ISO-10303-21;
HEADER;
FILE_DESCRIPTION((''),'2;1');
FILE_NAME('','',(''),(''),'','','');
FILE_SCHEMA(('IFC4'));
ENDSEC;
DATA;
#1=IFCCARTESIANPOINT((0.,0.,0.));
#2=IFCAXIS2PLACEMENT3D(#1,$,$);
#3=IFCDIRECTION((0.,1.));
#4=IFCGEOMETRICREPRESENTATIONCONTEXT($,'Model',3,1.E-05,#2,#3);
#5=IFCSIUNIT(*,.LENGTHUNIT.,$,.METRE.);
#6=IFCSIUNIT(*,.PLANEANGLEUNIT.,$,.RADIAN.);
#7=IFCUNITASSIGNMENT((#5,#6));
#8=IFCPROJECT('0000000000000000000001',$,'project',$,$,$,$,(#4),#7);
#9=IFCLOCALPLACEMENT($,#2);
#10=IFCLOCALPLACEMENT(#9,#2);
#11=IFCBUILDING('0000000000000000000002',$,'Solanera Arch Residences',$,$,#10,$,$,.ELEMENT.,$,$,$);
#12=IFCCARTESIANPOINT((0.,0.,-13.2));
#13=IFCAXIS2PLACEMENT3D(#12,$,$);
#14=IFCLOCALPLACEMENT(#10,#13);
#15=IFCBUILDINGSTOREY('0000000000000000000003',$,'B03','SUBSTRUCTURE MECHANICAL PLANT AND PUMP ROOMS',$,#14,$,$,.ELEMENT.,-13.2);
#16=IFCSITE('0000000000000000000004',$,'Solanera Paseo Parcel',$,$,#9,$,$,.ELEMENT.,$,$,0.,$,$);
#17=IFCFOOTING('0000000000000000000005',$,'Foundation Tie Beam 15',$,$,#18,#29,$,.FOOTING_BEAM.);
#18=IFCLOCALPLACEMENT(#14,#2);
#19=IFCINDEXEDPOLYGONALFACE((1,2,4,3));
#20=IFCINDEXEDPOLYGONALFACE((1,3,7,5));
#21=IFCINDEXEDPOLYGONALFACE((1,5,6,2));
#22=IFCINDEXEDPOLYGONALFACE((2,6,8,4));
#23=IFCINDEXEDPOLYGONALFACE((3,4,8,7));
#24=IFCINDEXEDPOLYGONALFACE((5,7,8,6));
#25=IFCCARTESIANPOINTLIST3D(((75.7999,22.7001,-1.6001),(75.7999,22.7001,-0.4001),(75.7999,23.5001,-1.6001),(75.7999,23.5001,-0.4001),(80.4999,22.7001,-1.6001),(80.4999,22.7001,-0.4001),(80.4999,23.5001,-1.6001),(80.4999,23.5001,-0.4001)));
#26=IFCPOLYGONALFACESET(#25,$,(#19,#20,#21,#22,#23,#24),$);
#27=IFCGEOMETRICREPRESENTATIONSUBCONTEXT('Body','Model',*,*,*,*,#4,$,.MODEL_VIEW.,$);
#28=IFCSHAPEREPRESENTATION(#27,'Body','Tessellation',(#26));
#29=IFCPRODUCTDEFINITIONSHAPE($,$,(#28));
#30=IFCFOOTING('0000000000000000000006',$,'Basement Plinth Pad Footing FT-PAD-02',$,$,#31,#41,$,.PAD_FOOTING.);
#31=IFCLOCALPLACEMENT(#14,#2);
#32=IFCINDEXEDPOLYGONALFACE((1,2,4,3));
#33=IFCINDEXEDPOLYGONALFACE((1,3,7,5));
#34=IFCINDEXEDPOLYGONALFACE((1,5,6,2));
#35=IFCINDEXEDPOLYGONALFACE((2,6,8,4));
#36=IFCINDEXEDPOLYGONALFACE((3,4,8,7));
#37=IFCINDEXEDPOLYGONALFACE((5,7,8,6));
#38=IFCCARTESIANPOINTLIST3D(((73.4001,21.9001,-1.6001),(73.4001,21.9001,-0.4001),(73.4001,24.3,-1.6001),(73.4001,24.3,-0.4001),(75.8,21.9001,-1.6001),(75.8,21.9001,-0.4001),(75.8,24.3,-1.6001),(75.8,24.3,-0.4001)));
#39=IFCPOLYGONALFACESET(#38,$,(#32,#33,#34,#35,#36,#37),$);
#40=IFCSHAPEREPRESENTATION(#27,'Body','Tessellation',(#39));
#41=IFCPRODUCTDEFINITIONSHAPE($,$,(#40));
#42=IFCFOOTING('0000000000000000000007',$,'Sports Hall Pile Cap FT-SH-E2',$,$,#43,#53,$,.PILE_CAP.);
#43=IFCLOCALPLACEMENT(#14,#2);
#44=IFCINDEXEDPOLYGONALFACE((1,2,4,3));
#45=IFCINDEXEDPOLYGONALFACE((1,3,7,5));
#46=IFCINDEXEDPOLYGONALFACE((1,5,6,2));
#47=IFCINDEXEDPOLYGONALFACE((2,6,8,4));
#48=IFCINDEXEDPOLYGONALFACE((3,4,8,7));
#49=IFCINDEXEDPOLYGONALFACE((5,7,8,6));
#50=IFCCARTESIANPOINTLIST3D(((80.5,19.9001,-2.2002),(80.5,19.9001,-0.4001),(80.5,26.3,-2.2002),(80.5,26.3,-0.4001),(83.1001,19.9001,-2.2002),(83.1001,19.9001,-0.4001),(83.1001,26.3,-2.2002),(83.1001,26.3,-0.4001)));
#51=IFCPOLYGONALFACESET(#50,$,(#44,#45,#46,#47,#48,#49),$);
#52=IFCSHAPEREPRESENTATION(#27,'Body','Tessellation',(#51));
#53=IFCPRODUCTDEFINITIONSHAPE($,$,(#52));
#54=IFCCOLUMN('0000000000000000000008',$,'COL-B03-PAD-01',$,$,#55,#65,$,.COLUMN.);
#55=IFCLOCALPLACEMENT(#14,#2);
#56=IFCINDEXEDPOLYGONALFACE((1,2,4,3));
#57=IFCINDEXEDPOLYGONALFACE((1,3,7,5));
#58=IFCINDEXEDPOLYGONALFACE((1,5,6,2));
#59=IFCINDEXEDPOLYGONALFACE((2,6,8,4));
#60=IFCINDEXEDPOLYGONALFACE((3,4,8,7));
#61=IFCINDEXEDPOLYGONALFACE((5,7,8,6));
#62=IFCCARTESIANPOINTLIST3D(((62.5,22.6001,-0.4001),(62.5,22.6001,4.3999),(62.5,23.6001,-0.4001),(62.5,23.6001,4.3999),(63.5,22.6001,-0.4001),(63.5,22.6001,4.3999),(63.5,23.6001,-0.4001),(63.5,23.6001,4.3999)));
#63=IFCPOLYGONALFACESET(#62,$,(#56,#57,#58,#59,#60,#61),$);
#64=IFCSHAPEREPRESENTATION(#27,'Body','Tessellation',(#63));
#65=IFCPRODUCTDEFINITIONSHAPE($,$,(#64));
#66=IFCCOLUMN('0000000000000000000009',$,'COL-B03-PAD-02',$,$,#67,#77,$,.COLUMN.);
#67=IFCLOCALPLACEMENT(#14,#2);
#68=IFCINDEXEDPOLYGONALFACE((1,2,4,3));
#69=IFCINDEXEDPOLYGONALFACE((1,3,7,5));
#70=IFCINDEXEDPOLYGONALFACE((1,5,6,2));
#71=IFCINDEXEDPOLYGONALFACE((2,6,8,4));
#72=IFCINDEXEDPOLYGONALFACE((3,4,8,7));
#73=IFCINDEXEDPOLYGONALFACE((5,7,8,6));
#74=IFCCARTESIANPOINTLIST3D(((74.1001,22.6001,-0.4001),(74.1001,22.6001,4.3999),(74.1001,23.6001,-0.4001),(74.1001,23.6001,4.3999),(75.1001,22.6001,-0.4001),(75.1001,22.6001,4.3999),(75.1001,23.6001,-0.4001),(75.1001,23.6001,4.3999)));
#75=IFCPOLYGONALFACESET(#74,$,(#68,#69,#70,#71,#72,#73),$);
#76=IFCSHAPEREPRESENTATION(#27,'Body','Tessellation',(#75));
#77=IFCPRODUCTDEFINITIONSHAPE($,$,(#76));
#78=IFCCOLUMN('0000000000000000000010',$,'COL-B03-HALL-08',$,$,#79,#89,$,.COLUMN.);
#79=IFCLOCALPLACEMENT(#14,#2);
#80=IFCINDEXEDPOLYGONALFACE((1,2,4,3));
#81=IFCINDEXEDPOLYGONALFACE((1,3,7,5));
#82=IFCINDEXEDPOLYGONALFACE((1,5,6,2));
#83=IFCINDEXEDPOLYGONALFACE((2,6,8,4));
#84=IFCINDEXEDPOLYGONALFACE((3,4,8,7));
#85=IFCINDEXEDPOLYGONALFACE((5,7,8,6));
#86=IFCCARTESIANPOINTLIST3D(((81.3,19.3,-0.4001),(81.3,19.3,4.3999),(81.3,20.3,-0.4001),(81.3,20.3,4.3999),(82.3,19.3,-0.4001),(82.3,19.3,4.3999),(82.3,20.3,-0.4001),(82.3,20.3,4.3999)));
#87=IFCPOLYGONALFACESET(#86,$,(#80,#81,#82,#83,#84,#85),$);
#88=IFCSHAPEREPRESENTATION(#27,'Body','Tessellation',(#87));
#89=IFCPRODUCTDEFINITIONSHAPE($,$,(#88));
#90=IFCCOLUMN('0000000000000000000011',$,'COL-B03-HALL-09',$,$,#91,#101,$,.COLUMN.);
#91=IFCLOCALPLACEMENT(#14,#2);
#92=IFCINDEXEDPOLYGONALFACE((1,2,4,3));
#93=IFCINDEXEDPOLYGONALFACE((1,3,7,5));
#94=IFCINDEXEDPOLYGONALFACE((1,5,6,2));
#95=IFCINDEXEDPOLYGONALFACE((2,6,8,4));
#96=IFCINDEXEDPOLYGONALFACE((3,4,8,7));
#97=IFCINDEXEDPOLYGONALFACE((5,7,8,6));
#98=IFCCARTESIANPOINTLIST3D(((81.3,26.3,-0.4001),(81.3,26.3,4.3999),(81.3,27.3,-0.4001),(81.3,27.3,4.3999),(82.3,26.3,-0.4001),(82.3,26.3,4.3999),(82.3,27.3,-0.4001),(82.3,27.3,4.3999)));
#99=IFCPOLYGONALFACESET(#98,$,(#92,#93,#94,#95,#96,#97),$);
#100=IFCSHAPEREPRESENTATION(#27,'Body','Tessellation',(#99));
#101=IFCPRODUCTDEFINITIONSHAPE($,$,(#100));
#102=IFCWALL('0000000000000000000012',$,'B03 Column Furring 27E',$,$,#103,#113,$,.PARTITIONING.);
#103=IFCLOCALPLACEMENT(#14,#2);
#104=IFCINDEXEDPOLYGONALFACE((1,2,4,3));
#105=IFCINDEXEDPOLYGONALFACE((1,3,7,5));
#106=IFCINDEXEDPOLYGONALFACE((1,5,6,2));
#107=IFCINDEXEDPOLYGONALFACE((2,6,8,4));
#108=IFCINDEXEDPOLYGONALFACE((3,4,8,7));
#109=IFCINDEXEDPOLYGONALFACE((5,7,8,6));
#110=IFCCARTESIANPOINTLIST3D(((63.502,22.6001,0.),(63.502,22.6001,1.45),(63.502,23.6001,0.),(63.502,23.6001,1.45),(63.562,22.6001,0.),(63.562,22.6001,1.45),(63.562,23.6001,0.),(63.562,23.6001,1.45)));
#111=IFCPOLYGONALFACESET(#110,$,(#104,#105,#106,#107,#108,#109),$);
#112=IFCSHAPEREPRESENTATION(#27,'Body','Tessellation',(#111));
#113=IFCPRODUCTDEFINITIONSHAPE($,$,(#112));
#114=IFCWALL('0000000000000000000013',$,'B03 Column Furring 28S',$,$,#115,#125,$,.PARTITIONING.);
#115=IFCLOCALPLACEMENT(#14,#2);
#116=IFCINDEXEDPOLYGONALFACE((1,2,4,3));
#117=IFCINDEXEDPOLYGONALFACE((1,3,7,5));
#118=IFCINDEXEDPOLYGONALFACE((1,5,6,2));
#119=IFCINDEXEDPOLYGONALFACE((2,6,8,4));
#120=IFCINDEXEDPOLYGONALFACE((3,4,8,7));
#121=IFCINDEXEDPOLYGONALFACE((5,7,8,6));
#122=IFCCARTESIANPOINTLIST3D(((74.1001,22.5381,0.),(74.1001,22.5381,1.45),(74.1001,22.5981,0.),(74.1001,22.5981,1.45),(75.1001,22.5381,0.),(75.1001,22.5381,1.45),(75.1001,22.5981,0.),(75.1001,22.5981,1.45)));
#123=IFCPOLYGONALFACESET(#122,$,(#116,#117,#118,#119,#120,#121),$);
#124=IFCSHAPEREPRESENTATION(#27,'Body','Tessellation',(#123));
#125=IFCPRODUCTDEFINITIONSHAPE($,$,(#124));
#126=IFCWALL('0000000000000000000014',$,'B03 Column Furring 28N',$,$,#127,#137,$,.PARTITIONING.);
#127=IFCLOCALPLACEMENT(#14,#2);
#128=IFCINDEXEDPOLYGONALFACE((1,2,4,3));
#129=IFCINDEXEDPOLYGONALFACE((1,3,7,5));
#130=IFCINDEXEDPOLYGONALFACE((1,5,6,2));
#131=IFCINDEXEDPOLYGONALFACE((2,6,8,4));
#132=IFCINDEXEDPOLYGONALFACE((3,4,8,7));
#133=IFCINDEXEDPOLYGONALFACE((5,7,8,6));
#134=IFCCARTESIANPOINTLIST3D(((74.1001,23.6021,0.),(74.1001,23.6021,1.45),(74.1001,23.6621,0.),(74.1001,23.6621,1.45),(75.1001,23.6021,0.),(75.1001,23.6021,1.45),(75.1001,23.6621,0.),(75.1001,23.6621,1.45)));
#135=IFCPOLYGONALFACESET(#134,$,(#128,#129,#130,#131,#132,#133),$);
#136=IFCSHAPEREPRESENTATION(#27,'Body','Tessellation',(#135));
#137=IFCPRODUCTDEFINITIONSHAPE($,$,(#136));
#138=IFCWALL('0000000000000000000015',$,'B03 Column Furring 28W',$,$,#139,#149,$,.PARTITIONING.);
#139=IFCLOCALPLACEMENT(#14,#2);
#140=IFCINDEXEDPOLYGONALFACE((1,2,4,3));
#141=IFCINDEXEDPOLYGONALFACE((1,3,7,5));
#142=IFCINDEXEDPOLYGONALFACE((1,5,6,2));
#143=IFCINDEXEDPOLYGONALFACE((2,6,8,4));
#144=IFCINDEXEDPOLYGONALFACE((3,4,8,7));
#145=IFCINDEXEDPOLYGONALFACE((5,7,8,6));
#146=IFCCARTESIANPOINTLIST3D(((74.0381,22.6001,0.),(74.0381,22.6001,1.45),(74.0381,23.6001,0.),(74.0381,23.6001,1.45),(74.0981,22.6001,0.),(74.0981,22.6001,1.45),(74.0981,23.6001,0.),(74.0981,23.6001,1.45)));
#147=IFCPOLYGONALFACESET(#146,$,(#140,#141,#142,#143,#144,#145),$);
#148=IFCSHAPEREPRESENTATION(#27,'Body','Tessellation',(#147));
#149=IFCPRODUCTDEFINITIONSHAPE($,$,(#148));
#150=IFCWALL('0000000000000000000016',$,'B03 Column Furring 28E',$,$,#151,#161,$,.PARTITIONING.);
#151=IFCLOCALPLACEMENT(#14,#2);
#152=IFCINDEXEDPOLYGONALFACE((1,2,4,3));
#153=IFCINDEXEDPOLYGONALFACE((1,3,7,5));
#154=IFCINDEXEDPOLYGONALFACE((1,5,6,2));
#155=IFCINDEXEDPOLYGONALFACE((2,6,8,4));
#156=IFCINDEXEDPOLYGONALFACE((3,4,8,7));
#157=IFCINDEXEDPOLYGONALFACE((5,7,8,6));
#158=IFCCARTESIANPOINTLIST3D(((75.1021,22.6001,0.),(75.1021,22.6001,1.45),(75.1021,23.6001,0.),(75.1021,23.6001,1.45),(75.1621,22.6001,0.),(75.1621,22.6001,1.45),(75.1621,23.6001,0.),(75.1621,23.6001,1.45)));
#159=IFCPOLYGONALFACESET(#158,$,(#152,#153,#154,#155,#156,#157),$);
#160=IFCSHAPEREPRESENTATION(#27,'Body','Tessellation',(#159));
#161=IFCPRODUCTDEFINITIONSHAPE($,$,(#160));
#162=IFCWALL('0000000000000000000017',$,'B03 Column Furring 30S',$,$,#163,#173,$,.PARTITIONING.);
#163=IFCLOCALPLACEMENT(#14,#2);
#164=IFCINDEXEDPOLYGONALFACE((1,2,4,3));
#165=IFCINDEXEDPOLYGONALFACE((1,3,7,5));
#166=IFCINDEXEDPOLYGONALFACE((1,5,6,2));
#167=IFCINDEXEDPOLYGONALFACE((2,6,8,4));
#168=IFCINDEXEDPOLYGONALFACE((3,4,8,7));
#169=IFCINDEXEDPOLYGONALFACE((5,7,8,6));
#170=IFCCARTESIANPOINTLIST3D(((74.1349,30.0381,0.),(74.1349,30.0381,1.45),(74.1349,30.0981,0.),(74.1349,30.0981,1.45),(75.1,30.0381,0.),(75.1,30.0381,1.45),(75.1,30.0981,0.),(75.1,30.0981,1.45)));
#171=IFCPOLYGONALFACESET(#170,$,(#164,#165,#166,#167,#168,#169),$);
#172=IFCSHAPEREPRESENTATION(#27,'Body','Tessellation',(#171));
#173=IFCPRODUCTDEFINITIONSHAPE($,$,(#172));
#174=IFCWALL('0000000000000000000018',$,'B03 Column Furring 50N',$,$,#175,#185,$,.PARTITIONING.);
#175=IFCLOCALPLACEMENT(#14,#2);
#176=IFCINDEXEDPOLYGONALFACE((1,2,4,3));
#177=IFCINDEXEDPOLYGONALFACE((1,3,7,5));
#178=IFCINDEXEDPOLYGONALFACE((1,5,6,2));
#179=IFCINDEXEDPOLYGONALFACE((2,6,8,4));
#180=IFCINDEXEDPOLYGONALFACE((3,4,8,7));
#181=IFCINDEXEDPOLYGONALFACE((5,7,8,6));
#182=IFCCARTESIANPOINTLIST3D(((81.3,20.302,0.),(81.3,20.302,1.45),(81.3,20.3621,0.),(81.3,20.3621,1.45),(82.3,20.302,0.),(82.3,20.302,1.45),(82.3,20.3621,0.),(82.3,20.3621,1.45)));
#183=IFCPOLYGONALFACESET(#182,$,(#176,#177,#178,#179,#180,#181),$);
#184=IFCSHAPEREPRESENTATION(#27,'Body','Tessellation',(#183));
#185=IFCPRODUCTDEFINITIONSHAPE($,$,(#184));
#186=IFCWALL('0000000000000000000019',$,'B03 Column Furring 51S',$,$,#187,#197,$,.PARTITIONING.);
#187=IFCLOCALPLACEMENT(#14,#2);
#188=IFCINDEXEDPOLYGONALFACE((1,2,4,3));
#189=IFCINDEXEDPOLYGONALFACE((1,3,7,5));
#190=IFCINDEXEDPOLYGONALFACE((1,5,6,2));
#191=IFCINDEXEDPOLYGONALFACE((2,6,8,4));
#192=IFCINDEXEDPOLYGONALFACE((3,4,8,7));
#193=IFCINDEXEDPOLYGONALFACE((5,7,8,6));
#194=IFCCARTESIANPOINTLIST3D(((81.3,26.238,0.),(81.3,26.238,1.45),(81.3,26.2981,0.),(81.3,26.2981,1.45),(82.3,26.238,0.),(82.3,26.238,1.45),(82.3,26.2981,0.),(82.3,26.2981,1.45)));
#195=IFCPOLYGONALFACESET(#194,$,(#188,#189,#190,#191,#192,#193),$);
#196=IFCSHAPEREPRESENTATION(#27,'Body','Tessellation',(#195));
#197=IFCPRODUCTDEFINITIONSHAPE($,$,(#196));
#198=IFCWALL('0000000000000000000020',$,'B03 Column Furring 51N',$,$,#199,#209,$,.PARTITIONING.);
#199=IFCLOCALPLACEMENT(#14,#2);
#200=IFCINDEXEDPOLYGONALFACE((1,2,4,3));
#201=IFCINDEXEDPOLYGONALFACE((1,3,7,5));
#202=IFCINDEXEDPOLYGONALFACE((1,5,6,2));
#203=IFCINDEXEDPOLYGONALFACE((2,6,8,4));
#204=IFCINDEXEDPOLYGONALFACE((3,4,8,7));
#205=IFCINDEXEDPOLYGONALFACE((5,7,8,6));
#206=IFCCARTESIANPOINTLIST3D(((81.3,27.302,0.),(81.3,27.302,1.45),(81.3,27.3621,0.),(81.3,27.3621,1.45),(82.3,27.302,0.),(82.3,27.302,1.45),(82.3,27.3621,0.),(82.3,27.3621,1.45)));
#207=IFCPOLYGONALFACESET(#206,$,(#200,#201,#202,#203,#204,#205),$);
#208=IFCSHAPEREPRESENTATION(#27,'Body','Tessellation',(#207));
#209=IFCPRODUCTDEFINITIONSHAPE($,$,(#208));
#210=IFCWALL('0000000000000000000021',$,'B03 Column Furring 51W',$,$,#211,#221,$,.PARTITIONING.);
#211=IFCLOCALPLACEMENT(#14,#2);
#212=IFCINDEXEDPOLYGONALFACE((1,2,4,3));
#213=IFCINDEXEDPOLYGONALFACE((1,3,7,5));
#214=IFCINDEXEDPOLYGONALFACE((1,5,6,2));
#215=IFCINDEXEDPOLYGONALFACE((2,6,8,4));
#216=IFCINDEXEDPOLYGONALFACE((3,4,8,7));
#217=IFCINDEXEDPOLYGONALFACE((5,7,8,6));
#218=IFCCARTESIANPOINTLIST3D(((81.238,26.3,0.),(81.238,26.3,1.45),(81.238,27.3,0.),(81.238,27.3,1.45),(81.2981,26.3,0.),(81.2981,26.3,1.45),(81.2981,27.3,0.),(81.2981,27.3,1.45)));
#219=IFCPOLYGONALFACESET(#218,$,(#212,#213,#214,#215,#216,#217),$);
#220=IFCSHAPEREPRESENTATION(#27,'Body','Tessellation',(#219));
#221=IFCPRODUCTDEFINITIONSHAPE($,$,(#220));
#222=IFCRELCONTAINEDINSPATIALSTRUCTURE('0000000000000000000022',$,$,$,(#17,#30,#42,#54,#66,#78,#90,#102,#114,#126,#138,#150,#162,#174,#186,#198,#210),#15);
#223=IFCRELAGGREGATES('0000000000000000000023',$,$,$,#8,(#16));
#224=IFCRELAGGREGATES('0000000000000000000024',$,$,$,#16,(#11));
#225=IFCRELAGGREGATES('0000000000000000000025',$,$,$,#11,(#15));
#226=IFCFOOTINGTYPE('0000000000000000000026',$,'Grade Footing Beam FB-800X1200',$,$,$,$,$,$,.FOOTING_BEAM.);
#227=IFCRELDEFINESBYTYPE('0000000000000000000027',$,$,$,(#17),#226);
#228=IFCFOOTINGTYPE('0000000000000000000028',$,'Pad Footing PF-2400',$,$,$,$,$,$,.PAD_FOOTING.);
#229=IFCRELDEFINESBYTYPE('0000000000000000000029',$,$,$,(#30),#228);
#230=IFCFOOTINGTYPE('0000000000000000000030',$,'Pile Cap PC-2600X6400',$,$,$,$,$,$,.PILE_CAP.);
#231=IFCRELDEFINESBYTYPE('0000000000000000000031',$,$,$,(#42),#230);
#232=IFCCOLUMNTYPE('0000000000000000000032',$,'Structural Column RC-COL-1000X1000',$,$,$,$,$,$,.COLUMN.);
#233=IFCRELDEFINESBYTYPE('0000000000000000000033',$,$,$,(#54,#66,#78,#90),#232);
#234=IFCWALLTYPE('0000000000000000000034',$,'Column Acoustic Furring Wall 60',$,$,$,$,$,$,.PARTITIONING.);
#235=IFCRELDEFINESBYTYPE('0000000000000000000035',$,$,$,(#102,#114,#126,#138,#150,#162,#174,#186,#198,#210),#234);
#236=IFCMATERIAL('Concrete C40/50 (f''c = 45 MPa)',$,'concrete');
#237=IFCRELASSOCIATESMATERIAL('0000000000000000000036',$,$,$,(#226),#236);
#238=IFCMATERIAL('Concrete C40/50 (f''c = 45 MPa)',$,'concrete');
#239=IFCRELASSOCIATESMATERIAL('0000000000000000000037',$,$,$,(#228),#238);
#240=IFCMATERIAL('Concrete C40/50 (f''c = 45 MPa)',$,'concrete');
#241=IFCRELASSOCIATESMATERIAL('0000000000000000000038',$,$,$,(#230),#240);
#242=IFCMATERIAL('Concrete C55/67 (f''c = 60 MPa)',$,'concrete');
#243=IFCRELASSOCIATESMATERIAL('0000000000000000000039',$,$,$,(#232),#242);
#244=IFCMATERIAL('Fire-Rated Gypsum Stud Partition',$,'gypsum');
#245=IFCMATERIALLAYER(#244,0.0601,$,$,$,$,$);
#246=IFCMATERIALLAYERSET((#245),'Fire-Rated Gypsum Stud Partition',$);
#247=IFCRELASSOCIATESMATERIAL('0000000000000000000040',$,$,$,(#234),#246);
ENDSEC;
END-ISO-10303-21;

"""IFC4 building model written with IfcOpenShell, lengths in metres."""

from ifc_helpers import new_model, si_unit, direction, frame, frame_2d, origin, origin_2d, place, context, subcontext, project, spatial, rectangle, extrude, material, layer, layer_set, material_profile, profile_set, type_object, element, save


model = new_model("IFC4")

# Units and contexts
model_context = context("Model", 3, precision=1e-05, world=origin(), true_north=direction((0.0, 1.0)))
body_context = subcontext(model_context, "Body", "Model", "MODEL_VIEW")
ifc_project = project(units=[si_unit("LENGTHUNIT", "METRE"), si_unit("PLANEANGLEUNIT", "RADIAN")], contexts=[model_context])

# Site, building, storey
site_placement = place(None, origin())
site = spatial("IfcSite", under=ifc_project, at=site_placement, Name="Solanera Paseo Parcel", CompositionType="ELEMENT", RefElevation=0.0)
building_placement = place(site_placement, origin())
building = spatial("IfcBuilding", under=site, at=building_placement, Name="Solanera Arch Residences", CompositionType="ELEMENT")
storey_placement = place(building_placement, frame((0.0, 0.0, -13.2)))
storey = spatial("IfcBuildingStorey", under=building, at=storey_placement, Name="B03", Description="SUBSTRUCTURE MECHANICAL PLANT AND PUMP ROOMS", CompositionType="ELEMENT", Elevation=-13.2)

# Footings
ifc_material_1 = material(Name="Concrete C40/50 (f'c = 45 MPa)", Category="concrete")
footing_type_1 = type_object("IfcFootingType", Name="Grade Footing Beam FB-800X1200", PredefinedType="FOOTING_BEAM", material=ifc_material_1)
footing_1_placement = place(storey_placement, frame((78.1499, 23.1001, -1.6001), z_axis=(0.0, 0.0, 1.0), x_axis=(1.0, 0.0, 0.0)))
element("IfcFooting", 1, at=footing_1_placement, inside=storey, type_object=footing_type_1, Name="Foundation Tie Beam 15", PredefinedType="FOOTING_BEAM", context=body_context, shape_type="SweptSolid", body=[
    extrude(rectangle(XDim=4.7, YDim=0.8, at=origin_2d()), origin(), (0.0, 0.0, 1.0), 1.2),
])
ifc_material_2 = material(Name="Concrete C40/50 (f'c = 45 MPa)", Category="concrete")
footing_type_2 = type_object("IfcFootingType", Name="Pad Footing PF-2400", PredefinedType="PAD_FOOTING", material=ifc_material_2)
footing_2_placement = place(storey_placement, frame((74.6001, 23.1001, -1.6001), z_axis=(0.0, 0.0, 1.0), x_axis=(1.0, 0.0, 0.0)))
element("IfcFooting", 2, at=footing_2_placement, inside=storey, type_object=footing_type_2, Name="Basement Plinth Pad Footing FT-PAD-02", PredefinedType="PAD_FOOTING", context=body_context, shape_type="SweptSolid", body=[
    extrude(rectangle(XDim=2.3999, YDim=2.3999, at=origin_2d()), origin(), (0.0, 0.0, 1.0), 1.2),
])
ifc_material_3 = material(Name="Concrete C40/50 (f'c = 45 MPa)", Category="concrete")
footing_type_3 = type_object("IfcFootingType", Name="Pile Cap PC-2600X6400", PredefinedType="PILE_CAP", material=ifc_material_3)
footing_3_placement = place(storey_placement, frame((81.8, 23.1001, -2.2002), z_axis=(0.0, 0.0, 1.0), x_axis=(1.0, 0.0, 0.0)))
element("IfcFooting", 3, at=footing_3_placement, inside=storey, type_object=footing_type_3, Name="Sports Hall Pile Cap FT-SH-E2", PredefinedType="PILE_CAP", context=body_context, shape_type="SweptSolid", body=[
    extrude(rectangle(XDim=2.6001, YDim=6.3999, at=origin_2d()), origin(), (0.0, 0.0, 1.0), 1.8),
])

# Columns
ifc_material_4 = material(Name="Concrete C55/67 (f'c = 60 MPa)", Category="concrete")
ifc_material_profile_1 = material_profile(ifc_material_4, rectangle(XDim=1.0, YDim=1.0, at=origin_2d()))
ifc_profile_set_1 = profile_set([ifc_material_profile_1], Name="Concrete C55/67 (f'c = 60 MPa)")
column_type = type_object("IfcColumnType", Name="Structural Column RC-COL-1000X1000", PredefinedType="COLUMN", material=ifc_profile_set_1)
for number, where, z_axis, x_axis, name in (
    (4, (63.0, 23.1001, -0.4001), (0.0, 0.0, 1.0), (1.0, 0.0, 0.0), "COL-B03-PAD-01"),
    (5, (74.6001, 23.1001, -0.4001), (0.0, 0.0, 1.0), (1.0, 0.0, 0.0), "COL-B03-PAD-02"),
    (6, (81.8, 19.8, -0.4001), (0.0, 0.0, 1.0), (1.0, 0.0, 0.0), "COL-B03-HALL-08"),
    (7, (81.8, 26.8, -0.4001), (0.0, 0.0, 1.0), (1.0, 0.0, 0.0), "COL-B03-HALL-09"),
):
    element("IfcColumn", number, at=place(storey_placement, frame(where, z_axis=z_axis, x_axis=x_axis)), inside=storey, type_object=column_type, Name=name, PredefinedType="COLUMN", context=body_context, shape_type="SweptSolid", body=[
        extrude(rectangle(XDim=1.0, YDim=1.0, at=origin_2d()), origin(), (0.0, 0.0, 1.0), 4.8),
    ])

# Walls
ifc_material_5 = material(Name="Fire-Rated Gypsum Stud Partition", Category="gypsum")
ifc_layer_1 = layer(ifc_material_5, 0.0601)
ifc_layer_set_1 = layer_set([ifc_layer_1], Name="Fire-Rated Gypsum Stud Partition")
wall_type_1 = type_object("IfcWallType", Name="Column Acoustic Furring Wall 60", PredefinedType="PARTITIONING", material=ifc_layer_set_1)
for number, where, z_axis, x_axis, name in (
    (8, (63.532, 22.6001, 0.0), (0.0, 0.0, 1.0), (0.0, 1.0, 0.0), "B03 Column Furring 27E"),
    (9, (74.1001, 22.5681, 0.0), (0.0, 0.0, 1.0), (1.0, 0.0, 0.0), "B03 Column Furring 28S"),
    (10, (74.1001, 23.6321, 0.0), (0.0, 0.0, 1.0), (1.0, 0.0, 0.0), "B03 Column Furring 28N"),
    (11, (74.0681, 22.6001, 0.0), (0.0, 0.0, 1.0), (0.0, 1.0, 0.0), "B03 Column Furring 28W"),
    (12, (75.1321, 22.6001, 0.0), (0.0, 0.0, 1.0), (0.0, 1.0, 0.0), "B03 Column Furring 28E"),
):
    element("IfcWall", number, at=place(storey_placement, frame(where, z_axis=z_axis, x_axis=x_axis)), inside=storey, type_object=wall_type_1, Name=name, PredefinedType="PARTITIONING", context=body_context, shape_type="SweptSolid", body=[
        extrude(rectangle(XDim=1.0, YDim=0.0601, at=frame_2d((0.5, 0.0))), origin(), (0.0, 0.0, 1.0), 1.45),
    ])
wall_1_placement = place(storey_placement, frame((74.135, 30.0681, 0.0), z_axis=(0.0, 0.0, 1.0), x_axis=(1.0, 0.0, 0.0)))
element("IfcWall", 13, at=wall_1_placement, inside=storey, type_object=wall_type_1, Name="B03 Column Furring 30S", PredefinedType="PARTITIONING", context=body_context, shape_type="SweptSolid", body=[
    extrude(rectangle(XDim=0.9651, YDim=0.0601, at=frame_2d((0.4824, 0.0))), origin(), (0.0, 0.0, 1.0), 1.45),
])
for number, where, z_axis, x_axis, name in (
    (14, (81.3, 20.332, 0.0), (0.0, 0.0, 1.0), (1.0, 0.0, 0.0), "B03 Column Furring 50N"),
    (15, (81.3, 26.2681, 0.0), (0.0, 0.0, 1.0), (1.0, 0.0, 0.0), "B03 Column Furring 51S"),
    (16, (81.3, 27.332, 0.0), (0.0, 0.0, 1.0), (1.0, 0.0, 0.0), "B03 Column Furring 51N"),
    (17, (81.2681, 26.3, 0.0), (0.0, 0.0, 1.0), (0.0, 1.0, 0.0), "B03 Column Furring 51W"),
):
    element("IfcWall", number, at=place(storey_placement, frame(where, z_axis=z_axis, x_axis=x_axis)), inside=storey, type_object=wall_type_1, Name=name, PredefinedType="PARTITIONING", context=body_context, shape_type="SweptSolid", body=[
        extrude(rectangle(XDim=1.0, YDim=0.0601, at=frame_2d((0.5, 0.0))), origin(), (0.0, 0.0, 1.0), 1.45),
    ])

save(model, "model.ifc")
